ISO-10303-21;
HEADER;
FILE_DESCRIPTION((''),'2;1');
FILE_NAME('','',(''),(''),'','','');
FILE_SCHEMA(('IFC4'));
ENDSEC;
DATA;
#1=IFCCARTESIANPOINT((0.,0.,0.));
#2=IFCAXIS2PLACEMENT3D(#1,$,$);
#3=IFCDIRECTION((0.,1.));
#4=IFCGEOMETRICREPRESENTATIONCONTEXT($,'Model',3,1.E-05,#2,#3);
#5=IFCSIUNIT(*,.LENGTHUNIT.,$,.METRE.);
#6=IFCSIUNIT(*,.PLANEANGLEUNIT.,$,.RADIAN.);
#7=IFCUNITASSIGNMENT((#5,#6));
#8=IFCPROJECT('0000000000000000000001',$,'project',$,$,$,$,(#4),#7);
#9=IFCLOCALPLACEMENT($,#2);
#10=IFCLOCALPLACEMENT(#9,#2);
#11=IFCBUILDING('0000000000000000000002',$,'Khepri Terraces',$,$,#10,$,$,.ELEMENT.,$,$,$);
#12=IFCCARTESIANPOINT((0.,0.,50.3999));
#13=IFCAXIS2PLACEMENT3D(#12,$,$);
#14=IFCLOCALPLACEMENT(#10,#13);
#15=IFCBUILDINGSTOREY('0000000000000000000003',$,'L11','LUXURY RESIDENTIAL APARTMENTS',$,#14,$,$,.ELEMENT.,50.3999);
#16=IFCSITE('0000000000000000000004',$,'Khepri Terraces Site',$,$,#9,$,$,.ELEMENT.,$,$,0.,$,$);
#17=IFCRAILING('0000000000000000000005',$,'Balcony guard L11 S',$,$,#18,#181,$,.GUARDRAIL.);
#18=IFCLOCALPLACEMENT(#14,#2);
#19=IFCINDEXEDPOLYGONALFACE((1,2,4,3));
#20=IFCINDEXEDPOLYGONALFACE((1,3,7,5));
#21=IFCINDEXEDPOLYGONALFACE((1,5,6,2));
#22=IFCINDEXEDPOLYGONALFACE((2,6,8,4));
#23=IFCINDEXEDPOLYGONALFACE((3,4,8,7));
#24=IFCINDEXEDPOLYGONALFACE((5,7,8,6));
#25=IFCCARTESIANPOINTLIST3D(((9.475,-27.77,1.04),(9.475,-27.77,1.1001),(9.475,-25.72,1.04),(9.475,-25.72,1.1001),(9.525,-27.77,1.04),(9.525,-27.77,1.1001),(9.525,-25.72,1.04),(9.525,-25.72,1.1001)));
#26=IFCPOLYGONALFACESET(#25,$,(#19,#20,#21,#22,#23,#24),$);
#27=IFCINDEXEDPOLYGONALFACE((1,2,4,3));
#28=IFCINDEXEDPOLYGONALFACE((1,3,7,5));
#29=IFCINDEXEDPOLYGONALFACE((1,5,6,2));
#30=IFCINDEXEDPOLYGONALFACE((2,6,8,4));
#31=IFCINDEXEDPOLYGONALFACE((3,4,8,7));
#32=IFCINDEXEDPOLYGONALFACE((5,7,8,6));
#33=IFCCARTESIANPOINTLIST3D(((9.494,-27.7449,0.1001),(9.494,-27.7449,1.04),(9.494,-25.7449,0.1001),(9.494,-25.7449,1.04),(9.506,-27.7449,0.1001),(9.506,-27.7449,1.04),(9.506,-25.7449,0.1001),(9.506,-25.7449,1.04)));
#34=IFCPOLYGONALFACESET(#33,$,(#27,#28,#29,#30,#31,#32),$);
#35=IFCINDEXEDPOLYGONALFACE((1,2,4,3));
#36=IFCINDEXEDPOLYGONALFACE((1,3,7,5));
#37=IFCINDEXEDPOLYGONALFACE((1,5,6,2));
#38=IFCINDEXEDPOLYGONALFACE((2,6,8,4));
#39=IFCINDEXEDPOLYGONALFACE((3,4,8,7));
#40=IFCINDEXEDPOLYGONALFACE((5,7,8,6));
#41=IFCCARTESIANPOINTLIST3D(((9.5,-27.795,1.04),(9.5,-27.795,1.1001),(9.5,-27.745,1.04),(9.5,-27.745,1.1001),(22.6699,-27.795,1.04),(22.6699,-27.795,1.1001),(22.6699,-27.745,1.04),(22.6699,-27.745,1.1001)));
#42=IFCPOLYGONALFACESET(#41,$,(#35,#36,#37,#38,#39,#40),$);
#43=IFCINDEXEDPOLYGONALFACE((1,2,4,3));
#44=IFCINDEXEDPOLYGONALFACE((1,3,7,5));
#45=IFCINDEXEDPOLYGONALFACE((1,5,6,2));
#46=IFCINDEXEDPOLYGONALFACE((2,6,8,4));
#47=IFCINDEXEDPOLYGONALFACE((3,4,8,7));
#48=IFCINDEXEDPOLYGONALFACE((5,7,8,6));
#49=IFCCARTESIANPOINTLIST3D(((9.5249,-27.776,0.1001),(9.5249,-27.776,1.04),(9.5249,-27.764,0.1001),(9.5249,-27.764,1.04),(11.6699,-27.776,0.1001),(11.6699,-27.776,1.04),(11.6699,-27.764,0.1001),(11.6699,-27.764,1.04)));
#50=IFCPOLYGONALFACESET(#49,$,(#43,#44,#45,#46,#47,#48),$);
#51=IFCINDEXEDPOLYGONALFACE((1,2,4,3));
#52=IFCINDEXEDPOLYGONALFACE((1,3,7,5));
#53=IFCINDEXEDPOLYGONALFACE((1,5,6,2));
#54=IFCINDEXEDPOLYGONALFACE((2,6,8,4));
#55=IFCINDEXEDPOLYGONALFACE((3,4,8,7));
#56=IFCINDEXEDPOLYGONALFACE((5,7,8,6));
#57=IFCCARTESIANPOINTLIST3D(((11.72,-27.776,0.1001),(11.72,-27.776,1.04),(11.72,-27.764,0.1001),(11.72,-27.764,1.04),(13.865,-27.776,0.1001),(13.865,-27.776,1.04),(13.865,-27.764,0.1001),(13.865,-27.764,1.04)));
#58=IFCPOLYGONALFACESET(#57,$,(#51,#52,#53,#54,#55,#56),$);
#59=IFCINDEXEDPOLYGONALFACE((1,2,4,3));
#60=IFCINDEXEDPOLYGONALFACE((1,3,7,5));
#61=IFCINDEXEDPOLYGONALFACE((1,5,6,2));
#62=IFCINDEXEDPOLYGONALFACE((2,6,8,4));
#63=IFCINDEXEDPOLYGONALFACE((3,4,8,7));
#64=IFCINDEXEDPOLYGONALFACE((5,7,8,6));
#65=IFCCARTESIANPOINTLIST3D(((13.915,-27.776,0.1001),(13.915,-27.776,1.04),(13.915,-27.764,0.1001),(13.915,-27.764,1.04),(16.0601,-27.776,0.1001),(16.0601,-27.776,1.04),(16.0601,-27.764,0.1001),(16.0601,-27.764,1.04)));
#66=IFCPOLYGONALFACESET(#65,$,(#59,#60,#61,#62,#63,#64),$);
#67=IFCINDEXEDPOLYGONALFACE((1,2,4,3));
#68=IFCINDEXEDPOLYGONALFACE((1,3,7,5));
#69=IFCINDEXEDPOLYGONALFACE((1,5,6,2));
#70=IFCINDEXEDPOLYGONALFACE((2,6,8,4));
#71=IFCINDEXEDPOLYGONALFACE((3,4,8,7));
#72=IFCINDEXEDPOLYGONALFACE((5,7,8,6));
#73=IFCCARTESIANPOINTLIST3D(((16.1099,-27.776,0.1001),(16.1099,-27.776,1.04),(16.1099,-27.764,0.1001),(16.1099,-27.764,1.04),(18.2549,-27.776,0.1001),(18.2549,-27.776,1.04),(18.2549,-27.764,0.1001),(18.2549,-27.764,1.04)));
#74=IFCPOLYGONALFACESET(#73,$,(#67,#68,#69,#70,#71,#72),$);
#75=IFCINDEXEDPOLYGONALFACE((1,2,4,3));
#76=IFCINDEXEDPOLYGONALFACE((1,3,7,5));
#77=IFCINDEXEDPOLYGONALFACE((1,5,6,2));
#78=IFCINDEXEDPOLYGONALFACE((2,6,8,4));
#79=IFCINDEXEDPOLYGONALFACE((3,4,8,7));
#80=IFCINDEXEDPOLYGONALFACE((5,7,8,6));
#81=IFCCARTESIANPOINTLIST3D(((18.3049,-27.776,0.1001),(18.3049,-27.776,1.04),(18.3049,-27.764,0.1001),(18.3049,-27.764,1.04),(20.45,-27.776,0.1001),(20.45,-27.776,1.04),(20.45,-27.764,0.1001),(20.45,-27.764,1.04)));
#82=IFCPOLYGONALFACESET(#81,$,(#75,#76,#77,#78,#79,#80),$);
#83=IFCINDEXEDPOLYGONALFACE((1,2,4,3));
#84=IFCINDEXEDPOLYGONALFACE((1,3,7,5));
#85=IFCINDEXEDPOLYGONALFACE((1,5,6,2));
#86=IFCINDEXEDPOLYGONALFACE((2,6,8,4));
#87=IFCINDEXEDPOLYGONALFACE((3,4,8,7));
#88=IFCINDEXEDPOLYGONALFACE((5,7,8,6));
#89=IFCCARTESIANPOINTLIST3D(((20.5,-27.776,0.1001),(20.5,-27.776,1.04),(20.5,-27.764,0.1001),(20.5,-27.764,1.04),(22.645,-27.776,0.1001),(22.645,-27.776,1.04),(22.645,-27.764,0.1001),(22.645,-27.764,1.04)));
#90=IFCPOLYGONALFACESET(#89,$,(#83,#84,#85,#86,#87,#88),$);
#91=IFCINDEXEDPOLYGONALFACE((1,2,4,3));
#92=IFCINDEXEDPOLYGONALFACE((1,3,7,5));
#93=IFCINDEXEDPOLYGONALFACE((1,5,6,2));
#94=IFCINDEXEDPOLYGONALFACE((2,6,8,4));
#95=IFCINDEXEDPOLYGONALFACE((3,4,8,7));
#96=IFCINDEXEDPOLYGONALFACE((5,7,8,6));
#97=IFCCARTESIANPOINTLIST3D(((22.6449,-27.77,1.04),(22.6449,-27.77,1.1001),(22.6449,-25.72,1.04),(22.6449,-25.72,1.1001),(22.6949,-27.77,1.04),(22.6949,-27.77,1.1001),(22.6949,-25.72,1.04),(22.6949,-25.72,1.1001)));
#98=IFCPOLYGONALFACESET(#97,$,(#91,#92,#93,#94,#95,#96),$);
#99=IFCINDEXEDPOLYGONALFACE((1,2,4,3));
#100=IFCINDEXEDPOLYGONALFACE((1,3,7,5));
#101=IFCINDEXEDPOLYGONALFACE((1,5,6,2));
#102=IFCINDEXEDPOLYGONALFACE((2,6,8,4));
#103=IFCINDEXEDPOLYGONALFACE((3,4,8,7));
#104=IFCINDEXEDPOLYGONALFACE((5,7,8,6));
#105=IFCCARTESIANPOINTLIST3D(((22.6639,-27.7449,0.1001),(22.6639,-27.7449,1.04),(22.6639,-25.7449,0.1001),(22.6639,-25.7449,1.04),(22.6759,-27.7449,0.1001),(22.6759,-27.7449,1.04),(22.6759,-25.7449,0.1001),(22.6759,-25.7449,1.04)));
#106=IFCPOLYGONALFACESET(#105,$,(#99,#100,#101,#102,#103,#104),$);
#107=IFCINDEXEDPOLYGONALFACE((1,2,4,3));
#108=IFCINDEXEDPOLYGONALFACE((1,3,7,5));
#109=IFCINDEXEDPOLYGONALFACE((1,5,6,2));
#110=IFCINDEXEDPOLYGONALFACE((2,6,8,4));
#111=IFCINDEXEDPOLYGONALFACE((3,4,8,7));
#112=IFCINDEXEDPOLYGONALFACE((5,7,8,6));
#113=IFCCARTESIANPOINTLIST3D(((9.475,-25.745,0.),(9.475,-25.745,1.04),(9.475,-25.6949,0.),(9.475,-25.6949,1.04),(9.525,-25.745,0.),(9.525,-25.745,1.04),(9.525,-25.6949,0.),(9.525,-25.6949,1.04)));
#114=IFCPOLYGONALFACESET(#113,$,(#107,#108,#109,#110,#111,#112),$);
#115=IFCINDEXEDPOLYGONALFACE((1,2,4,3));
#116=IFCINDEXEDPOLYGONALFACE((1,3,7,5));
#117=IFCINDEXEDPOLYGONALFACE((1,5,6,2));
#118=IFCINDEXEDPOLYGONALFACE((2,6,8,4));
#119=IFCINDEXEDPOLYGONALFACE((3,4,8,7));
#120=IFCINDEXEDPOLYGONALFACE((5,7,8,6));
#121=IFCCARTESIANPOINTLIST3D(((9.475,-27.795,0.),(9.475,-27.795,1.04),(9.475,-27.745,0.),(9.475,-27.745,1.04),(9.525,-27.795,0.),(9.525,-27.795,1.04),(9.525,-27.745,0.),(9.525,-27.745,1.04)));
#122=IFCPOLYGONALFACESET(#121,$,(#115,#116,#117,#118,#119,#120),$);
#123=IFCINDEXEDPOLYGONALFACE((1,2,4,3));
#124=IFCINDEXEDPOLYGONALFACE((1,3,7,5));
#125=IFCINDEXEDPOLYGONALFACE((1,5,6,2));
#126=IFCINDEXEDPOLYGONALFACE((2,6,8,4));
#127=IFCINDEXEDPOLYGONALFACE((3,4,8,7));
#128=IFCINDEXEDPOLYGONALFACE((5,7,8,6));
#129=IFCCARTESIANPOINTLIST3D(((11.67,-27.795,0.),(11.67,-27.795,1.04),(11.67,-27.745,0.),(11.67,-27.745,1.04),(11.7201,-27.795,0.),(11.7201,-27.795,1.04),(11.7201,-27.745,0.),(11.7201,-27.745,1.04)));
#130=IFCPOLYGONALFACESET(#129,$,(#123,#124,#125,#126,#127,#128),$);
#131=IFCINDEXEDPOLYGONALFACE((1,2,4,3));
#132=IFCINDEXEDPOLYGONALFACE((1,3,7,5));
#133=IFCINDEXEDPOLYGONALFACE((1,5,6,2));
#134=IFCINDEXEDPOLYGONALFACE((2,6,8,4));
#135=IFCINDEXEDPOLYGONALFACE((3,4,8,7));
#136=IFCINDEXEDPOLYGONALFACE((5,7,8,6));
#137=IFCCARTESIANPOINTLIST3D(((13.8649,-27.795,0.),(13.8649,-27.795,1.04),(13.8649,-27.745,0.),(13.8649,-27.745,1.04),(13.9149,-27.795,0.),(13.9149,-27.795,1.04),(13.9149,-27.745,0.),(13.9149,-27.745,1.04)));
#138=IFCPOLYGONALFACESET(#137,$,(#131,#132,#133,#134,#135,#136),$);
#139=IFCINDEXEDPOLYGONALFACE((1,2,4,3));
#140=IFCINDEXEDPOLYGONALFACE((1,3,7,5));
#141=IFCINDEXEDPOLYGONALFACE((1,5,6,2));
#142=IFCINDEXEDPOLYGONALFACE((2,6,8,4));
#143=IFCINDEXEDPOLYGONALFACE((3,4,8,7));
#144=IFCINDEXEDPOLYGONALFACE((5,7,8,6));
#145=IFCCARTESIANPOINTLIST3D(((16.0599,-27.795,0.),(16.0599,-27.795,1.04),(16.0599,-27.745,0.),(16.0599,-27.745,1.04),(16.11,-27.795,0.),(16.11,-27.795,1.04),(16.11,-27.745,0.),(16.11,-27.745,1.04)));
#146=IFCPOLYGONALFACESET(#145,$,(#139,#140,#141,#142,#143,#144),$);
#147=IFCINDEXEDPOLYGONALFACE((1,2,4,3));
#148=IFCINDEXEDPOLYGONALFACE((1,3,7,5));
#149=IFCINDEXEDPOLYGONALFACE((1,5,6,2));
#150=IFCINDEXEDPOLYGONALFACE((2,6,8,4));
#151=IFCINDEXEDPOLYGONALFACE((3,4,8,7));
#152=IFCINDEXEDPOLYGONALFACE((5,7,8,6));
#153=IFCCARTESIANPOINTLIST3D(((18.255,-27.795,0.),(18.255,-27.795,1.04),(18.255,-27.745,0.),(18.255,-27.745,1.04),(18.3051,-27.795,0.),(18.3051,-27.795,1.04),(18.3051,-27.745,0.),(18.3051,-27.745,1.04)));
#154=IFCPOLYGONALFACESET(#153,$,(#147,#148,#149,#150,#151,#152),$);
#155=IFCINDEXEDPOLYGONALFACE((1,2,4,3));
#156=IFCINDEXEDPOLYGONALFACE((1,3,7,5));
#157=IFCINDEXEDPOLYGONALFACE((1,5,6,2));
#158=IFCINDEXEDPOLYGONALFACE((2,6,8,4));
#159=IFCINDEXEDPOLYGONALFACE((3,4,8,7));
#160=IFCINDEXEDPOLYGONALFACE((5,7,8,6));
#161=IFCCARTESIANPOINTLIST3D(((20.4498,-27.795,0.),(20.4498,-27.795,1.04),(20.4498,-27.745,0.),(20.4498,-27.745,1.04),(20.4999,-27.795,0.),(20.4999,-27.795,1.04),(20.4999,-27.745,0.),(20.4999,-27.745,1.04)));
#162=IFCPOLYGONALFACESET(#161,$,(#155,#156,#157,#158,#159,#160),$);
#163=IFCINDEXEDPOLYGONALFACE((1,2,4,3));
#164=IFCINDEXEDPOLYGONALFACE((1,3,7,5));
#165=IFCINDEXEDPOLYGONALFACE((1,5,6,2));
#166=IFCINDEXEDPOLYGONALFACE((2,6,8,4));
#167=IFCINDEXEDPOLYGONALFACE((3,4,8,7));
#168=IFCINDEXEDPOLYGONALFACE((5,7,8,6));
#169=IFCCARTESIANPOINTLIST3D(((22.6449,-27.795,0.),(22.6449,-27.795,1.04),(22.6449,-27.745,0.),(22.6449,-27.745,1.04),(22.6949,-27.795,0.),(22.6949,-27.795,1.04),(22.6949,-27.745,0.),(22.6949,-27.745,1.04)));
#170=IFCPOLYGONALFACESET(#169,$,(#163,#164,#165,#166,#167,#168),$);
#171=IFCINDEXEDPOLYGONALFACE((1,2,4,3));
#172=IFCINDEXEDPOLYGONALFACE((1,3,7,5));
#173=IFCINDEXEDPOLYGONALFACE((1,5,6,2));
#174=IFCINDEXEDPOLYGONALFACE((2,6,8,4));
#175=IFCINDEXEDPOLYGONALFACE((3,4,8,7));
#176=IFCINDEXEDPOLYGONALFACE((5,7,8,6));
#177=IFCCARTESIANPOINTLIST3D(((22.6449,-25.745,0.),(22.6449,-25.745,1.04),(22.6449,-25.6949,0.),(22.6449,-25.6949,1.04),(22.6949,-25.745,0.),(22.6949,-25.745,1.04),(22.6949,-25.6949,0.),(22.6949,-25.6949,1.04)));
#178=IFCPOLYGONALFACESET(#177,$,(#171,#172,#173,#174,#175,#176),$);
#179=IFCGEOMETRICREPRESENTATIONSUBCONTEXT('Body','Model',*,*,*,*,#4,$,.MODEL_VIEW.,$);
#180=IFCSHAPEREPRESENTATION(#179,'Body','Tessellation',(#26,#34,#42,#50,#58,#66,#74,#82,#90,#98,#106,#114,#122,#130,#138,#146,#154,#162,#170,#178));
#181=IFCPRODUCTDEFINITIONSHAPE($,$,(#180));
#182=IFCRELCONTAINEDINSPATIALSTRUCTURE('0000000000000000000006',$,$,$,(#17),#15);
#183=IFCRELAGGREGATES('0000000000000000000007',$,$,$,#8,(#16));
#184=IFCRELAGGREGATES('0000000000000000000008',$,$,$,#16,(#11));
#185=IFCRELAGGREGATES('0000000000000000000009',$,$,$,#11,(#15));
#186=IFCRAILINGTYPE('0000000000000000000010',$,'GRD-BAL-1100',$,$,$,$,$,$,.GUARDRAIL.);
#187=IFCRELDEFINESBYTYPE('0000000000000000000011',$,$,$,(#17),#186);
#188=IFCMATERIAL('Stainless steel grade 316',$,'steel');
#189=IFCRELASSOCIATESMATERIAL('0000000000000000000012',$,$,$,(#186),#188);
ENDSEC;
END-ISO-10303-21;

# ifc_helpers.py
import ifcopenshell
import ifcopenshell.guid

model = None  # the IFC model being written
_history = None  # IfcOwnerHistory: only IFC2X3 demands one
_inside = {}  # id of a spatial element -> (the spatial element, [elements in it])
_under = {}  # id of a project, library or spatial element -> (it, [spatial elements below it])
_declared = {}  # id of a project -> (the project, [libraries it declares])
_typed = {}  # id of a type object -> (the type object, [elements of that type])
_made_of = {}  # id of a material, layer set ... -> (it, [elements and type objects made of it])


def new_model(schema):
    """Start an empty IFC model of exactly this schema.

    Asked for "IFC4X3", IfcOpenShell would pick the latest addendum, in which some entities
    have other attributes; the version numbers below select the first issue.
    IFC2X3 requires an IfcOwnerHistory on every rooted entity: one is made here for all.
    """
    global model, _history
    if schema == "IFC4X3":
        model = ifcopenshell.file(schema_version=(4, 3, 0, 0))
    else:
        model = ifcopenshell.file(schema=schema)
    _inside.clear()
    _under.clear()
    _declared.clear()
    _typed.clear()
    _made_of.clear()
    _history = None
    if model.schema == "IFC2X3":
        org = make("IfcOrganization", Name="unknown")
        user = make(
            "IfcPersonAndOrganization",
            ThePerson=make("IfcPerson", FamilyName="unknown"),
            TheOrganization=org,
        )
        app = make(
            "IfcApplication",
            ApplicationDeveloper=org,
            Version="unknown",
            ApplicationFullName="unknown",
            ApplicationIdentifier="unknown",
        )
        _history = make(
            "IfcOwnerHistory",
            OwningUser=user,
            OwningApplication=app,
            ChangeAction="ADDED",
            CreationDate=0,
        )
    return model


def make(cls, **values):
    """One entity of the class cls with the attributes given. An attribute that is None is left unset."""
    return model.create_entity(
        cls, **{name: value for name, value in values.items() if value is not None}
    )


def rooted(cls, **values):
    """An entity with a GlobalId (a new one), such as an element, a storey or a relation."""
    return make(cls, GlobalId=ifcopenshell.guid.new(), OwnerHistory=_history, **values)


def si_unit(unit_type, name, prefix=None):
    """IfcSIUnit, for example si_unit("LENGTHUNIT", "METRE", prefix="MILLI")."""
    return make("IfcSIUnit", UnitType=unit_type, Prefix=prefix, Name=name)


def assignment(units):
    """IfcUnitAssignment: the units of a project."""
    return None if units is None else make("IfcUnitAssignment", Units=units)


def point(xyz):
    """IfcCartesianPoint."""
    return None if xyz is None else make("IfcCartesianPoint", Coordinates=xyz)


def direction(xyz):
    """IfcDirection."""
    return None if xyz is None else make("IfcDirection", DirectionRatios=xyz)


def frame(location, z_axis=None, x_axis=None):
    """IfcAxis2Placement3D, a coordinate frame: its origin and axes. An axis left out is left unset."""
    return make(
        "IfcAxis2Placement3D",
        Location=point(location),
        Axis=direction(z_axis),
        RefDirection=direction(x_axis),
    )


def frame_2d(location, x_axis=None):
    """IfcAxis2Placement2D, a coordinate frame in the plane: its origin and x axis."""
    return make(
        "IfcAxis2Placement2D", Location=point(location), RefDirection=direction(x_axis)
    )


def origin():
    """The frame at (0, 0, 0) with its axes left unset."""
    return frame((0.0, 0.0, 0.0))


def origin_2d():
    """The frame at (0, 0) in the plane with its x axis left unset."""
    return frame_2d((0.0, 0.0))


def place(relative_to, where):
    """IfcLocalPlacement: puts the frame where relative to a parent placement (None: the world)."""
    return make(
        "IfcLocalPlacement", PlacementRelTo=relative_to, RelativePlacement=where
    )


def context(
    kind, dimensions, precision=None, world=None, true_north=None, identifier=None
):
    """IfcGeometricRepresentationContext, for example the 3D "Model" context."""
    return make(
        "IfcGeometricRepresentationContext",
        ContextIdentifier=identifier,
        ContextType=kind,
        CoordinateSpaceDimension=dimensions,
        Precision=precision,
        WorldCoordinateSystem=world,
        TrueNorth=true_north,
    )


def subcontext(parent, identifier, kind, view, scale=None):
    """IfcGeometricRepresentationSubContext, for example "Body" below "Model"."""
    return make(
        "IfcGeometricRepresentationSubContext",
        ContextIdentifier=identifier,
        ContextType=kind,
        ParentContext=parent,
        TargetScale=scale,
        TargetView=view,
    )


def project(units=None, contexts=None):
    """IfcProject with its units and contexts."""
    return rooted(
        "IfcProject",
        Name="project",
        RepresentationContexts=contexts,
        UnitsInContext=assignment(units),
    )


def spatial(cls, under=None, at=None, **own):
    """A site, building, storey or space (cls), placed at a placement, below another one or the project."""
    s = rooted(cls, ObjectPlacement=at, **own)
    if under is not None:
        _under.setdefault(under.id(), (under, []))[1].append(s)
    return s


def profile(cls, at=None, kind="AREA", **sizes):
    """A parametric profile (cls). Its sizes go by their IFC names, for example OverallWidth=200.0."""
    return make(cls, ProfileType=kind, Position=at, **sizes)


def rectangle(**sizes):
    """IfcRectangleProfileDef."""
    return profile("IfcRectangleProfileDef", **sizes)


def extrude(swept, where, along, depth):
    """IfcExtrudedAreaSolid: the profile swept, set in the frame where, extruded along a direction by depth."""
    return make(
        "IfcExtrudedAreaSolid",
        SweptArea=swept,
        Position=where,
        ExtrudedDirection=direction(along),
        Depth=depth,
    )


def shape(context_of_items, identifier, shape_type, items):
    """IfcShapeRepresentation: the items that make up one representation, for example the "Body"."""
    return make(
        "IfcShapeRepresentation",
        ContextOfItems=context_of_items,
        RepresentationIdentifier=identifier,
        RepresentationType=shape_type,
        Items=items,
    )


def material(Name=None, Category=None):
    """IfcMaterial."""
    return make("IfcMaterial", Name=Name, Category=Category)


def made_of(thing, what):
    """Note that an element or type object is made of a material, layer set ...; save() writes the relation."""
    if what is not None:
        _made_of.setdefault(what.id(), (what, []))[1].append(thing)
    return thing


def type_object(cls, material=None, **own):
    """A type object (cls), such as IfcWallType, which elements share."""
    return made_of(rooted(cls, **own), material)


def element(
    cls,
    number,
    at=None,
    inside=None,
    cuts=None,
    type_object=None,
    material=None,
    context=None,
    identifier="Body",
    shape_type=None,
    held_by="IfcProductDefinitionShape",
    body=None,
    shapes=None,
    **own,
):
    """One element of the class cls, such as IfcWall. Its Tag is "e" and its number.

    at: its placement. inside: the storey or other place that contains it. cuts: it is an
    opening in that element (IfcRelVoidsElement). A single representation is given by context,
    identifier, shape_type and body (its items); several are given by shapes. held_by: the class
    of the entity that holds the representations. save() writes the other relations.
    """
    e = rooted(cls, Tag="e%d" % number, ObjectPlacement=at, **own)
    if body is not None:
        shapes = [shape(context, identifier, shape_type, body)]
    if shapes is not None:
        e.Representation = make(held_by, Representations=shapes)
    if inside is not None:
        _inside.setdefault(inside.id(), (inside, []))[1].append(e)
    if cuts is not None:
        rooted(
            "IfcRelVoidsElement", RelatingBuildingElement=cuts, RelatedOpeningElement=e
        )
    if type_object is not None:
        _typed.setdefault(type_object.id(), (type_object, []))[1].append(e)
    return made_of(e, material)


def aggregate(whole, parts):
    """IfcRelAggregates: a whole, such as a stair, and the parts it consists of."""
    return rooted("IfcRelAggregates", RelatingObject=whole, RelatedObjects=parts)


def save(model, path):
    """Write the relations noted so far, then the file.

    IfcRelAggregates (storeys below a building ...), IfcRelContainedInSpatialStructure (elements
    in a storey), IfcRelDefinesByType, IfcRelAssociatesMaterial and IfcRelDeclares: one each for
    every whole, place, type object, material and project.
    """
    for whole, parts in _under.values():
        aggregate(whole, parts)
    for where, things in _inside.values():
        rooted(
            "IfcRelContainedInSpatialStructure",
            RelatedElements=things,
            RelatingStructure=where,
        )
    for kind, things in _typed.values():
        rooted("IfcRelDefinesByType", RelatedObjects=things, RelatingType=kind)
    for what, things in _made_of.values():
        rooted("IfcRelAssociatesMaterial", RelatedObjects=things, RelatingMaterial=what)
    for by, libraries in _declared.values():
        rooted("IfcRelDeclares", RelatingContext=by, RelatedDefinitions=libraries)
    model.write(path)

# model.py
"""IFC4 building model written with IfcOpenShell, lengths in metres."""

from ifc_helpers import new_model, si_unit, direction, frame, origin, origin_2d, place, context, subcontext, project, spatial, rectangle, extrude, material, type_object, element, save


model = new_model("IFC4")

# Units and contexts
model_context = context("Model", 3, precision=1e-05, world=origin(), true_north=direction((0.0, 1.0)))
body_context = subcontext(model_context, "Body", "Model", "MODEL_VIEW")
ifc_project = project(units=[si_unit("LENGTHUNIT", "METRE"), si_unit("PLANEANGLEUNIT", "RADIAN")], contexts=[model_context])

# Site, building, storey
site_placement = place(None, origin())
site = spatial("IfcSite", under=ifc_project, at=site_placement, Name="Khepri Terraces Site", CompositionType="ELEMENT", RefElevation=0.0)
building_placement = place(site_placement, origin())
building = spatial("IfcBuilding", under=site, at=building_placement, Name="Khepri Terraces", CompositionType="ELEMENT")
storey_placement = place(building_placement, frame((0.0, 0.0, 50.3999)))
storey = spatial("IfcBuildingStorey", under=building, at=storey_placement, Name="L11", Description="LUXURY RESIDENTIAL APARTMENTS", CompositionType="ELEMENT", Elevation=50.3999)

# Railing
ifc_material_1 = material(Name="Stainless steel grade 316", Category="steel")
railing_type_1 = type_object("IfcRailingType", Name="GRD-BAL-1100", PredefinedType="GUARDRAIL", material=ifc_material_1)
railing_1_placement = place(storey_placement, frame((9.5, -25.72, 0.0)))
element("IfcRailing", 1, at=railing_1_placement, inside=storey, type_object=railing_type_1, Name="Balcony guard L11 S", PredefinedType="GUARDRAIL", context=body_context, shape_type="SweptSolid", body=[
    extrude(rectangle(XDim=0.05, YDim=0.0601, at=origin_2d()), frame((0.0, 0.0, 1.0701), z_axis=(0.0, -1.0, 0.0), x_axis=(1.0, 0.0, 0.0)), (0.0, 0.0, 1.0), 2.05),
    extrude(rectangle(XDim=2.0, YDim=0.012, at=origin_2d()), frame((0.0, -1.0249, 0.1001), z_axis=(0.0, 0.0, 1.0), x_axis=(0.0, -1.0, 0.0)), (0.0, 0.0, 1.0), 0.9399),
    extrude(rectangle(XDim=0.05, YDim=0.0601, at=origin_2d()), frame((0.0, -2.05, 1.0701), z_axis=(1.0, 0.0, 0.0), x_axis=(0.0, 1.0, 0.0)), (0.0, 0.0, 1.0), 13.1699),
    extrude(rectangle(XDim=2.145, YDim=0.012, at=origin_2d()), frame((1.0974, -2.05, 0.1001), z_axis=(0.0, 0.0, 1.0), x_axis=(1.0, 0.0, 0.0)), (0.0, 0.0, 1.0), 0.9399),
    extrude(rectangle(XDim=2.145, YDim=0.012, at=origin_2d()), frame((3.2925, -2.05, 0.1001), z_axis=(0.0, 0.0, 1.0), x_axis=(1.0, 0.0, 0.0)), (0.0, 0.0, 1.0), 0.9399),
    extrude(rectangle(XDim=2.145, YDim=0.012, at=origin_2d()), frame((5.4875, -2.05, 0.1001), z_axis=(0.0, 0.0, 1.0), x_axis=(1.0, 0.0, 0.0)), (0.0, 0.0, 1.0), 0.9399),
    extrude(rectangle(XDim=2.145, YDim=0.012, at=origin_2d()), frame((7.6824, -2.05, 0.1001), z_axis=(0.0, 0.0, 1.0), x_axis=(1.0, 0.0, 0.0)), (0.0, 0.0, 1.0), 0.9399),
    extrude(rectangle(XDim=2.145, YDim=0.012, at=origin_2d()), frame((9.8774, -2.05, 0.1001), z_axis=(0.0, 0.0, 1.0), x_axis=(1.0, 0.0, 0.0)), (0.0, 0.0, 1.0), 0.9399),
    extrude(rectangle(XDim=2.145, YDim=0.012, at=origin_2d()), frame((12.0725, -2.05, 0.1001), z_axis=(0.0, 0.0, 1.0), x_axis=(1.0, 0.0, 0.0)), (0.0, 0.0, 1.0), 0.9399),
    extrude(rectangle(XDim=0.05, YDim=0.0601, at=origin_2d()), frame((13.1699, -2.05, 1.0701), z_axis=(0.0, 1.0, 0.0), x_axis=(-1.0, 0.0, 0.0)), (0.0, 0.0, 1.0), 2.05),
    extrude(rectangle(XDim=2.0, YDim=0.012, at=origin_2d()), frame((13.1699, -1.0249, 0.1001), z_axis=(0.0, 0.0, 1.0), x_axis=(0.0, 1.0, 0.0)), (0.0, 0.0, 1.0), 0.9399),
    extrude(rectangle(XDim=0.05, YDim=0.05, at=origin_2d()), origin(), (0.0, 0.0, 1.0), 1.04),
    extrude(rectangle(XDim=0.05, YDim=0.05, at=origin_2d()), frame((0.0, -2.05, 0.0)), (0.0, 0.0, 1.0), 1.04),
    extrude(rectangle(XDim=0.05, YDim=0.05, at=origin_2d()), frame((2.1951, -2.05, 0.0)), (0.0, 0.0, 1.0), 1.04),
    extrude(rectangle(XDim=0.05, YDim=0.05, at=origin_2d()), frame((4.3899, -2.05, 0.0)), (0.0, 0.0, 1.0), 1.04),
    extrude(rectangle(XDim=0.05, YDim=0.05, at=origin_2d()), frame((6.585, -2.05, 0.0)), (0.0, 0.0, 1.0), 1.04),
    extrude(rectangle(XDim=0.05, YDim=0.05, at=origin_2d()), frame((8.78, -2.05, 0.0)), (0.0, 0.0, 1.0), 1.04),
    extrude(rectangle(XDim=0.05, YDim=0.05, at=origin_2d()), frame((10.9749, -2.05, 0.0)), (0.0, 0.0, 1.0), 1.04),
    extrude(rectangle(XDim=0.05, YDim=0.05, at=origin_2d()), frame((13.1699, -2.05, 0.0)), (0.0, 0.0, 1.0), 1.04),
    extrude(rectangle(XDim=0.05, YDim=0.05, at=origin_2d()), frame((13.1699, 0.0, 0.0)), (0.0, 0.0, 1.0), 1.04),
])

save(model, "model.ifc")
